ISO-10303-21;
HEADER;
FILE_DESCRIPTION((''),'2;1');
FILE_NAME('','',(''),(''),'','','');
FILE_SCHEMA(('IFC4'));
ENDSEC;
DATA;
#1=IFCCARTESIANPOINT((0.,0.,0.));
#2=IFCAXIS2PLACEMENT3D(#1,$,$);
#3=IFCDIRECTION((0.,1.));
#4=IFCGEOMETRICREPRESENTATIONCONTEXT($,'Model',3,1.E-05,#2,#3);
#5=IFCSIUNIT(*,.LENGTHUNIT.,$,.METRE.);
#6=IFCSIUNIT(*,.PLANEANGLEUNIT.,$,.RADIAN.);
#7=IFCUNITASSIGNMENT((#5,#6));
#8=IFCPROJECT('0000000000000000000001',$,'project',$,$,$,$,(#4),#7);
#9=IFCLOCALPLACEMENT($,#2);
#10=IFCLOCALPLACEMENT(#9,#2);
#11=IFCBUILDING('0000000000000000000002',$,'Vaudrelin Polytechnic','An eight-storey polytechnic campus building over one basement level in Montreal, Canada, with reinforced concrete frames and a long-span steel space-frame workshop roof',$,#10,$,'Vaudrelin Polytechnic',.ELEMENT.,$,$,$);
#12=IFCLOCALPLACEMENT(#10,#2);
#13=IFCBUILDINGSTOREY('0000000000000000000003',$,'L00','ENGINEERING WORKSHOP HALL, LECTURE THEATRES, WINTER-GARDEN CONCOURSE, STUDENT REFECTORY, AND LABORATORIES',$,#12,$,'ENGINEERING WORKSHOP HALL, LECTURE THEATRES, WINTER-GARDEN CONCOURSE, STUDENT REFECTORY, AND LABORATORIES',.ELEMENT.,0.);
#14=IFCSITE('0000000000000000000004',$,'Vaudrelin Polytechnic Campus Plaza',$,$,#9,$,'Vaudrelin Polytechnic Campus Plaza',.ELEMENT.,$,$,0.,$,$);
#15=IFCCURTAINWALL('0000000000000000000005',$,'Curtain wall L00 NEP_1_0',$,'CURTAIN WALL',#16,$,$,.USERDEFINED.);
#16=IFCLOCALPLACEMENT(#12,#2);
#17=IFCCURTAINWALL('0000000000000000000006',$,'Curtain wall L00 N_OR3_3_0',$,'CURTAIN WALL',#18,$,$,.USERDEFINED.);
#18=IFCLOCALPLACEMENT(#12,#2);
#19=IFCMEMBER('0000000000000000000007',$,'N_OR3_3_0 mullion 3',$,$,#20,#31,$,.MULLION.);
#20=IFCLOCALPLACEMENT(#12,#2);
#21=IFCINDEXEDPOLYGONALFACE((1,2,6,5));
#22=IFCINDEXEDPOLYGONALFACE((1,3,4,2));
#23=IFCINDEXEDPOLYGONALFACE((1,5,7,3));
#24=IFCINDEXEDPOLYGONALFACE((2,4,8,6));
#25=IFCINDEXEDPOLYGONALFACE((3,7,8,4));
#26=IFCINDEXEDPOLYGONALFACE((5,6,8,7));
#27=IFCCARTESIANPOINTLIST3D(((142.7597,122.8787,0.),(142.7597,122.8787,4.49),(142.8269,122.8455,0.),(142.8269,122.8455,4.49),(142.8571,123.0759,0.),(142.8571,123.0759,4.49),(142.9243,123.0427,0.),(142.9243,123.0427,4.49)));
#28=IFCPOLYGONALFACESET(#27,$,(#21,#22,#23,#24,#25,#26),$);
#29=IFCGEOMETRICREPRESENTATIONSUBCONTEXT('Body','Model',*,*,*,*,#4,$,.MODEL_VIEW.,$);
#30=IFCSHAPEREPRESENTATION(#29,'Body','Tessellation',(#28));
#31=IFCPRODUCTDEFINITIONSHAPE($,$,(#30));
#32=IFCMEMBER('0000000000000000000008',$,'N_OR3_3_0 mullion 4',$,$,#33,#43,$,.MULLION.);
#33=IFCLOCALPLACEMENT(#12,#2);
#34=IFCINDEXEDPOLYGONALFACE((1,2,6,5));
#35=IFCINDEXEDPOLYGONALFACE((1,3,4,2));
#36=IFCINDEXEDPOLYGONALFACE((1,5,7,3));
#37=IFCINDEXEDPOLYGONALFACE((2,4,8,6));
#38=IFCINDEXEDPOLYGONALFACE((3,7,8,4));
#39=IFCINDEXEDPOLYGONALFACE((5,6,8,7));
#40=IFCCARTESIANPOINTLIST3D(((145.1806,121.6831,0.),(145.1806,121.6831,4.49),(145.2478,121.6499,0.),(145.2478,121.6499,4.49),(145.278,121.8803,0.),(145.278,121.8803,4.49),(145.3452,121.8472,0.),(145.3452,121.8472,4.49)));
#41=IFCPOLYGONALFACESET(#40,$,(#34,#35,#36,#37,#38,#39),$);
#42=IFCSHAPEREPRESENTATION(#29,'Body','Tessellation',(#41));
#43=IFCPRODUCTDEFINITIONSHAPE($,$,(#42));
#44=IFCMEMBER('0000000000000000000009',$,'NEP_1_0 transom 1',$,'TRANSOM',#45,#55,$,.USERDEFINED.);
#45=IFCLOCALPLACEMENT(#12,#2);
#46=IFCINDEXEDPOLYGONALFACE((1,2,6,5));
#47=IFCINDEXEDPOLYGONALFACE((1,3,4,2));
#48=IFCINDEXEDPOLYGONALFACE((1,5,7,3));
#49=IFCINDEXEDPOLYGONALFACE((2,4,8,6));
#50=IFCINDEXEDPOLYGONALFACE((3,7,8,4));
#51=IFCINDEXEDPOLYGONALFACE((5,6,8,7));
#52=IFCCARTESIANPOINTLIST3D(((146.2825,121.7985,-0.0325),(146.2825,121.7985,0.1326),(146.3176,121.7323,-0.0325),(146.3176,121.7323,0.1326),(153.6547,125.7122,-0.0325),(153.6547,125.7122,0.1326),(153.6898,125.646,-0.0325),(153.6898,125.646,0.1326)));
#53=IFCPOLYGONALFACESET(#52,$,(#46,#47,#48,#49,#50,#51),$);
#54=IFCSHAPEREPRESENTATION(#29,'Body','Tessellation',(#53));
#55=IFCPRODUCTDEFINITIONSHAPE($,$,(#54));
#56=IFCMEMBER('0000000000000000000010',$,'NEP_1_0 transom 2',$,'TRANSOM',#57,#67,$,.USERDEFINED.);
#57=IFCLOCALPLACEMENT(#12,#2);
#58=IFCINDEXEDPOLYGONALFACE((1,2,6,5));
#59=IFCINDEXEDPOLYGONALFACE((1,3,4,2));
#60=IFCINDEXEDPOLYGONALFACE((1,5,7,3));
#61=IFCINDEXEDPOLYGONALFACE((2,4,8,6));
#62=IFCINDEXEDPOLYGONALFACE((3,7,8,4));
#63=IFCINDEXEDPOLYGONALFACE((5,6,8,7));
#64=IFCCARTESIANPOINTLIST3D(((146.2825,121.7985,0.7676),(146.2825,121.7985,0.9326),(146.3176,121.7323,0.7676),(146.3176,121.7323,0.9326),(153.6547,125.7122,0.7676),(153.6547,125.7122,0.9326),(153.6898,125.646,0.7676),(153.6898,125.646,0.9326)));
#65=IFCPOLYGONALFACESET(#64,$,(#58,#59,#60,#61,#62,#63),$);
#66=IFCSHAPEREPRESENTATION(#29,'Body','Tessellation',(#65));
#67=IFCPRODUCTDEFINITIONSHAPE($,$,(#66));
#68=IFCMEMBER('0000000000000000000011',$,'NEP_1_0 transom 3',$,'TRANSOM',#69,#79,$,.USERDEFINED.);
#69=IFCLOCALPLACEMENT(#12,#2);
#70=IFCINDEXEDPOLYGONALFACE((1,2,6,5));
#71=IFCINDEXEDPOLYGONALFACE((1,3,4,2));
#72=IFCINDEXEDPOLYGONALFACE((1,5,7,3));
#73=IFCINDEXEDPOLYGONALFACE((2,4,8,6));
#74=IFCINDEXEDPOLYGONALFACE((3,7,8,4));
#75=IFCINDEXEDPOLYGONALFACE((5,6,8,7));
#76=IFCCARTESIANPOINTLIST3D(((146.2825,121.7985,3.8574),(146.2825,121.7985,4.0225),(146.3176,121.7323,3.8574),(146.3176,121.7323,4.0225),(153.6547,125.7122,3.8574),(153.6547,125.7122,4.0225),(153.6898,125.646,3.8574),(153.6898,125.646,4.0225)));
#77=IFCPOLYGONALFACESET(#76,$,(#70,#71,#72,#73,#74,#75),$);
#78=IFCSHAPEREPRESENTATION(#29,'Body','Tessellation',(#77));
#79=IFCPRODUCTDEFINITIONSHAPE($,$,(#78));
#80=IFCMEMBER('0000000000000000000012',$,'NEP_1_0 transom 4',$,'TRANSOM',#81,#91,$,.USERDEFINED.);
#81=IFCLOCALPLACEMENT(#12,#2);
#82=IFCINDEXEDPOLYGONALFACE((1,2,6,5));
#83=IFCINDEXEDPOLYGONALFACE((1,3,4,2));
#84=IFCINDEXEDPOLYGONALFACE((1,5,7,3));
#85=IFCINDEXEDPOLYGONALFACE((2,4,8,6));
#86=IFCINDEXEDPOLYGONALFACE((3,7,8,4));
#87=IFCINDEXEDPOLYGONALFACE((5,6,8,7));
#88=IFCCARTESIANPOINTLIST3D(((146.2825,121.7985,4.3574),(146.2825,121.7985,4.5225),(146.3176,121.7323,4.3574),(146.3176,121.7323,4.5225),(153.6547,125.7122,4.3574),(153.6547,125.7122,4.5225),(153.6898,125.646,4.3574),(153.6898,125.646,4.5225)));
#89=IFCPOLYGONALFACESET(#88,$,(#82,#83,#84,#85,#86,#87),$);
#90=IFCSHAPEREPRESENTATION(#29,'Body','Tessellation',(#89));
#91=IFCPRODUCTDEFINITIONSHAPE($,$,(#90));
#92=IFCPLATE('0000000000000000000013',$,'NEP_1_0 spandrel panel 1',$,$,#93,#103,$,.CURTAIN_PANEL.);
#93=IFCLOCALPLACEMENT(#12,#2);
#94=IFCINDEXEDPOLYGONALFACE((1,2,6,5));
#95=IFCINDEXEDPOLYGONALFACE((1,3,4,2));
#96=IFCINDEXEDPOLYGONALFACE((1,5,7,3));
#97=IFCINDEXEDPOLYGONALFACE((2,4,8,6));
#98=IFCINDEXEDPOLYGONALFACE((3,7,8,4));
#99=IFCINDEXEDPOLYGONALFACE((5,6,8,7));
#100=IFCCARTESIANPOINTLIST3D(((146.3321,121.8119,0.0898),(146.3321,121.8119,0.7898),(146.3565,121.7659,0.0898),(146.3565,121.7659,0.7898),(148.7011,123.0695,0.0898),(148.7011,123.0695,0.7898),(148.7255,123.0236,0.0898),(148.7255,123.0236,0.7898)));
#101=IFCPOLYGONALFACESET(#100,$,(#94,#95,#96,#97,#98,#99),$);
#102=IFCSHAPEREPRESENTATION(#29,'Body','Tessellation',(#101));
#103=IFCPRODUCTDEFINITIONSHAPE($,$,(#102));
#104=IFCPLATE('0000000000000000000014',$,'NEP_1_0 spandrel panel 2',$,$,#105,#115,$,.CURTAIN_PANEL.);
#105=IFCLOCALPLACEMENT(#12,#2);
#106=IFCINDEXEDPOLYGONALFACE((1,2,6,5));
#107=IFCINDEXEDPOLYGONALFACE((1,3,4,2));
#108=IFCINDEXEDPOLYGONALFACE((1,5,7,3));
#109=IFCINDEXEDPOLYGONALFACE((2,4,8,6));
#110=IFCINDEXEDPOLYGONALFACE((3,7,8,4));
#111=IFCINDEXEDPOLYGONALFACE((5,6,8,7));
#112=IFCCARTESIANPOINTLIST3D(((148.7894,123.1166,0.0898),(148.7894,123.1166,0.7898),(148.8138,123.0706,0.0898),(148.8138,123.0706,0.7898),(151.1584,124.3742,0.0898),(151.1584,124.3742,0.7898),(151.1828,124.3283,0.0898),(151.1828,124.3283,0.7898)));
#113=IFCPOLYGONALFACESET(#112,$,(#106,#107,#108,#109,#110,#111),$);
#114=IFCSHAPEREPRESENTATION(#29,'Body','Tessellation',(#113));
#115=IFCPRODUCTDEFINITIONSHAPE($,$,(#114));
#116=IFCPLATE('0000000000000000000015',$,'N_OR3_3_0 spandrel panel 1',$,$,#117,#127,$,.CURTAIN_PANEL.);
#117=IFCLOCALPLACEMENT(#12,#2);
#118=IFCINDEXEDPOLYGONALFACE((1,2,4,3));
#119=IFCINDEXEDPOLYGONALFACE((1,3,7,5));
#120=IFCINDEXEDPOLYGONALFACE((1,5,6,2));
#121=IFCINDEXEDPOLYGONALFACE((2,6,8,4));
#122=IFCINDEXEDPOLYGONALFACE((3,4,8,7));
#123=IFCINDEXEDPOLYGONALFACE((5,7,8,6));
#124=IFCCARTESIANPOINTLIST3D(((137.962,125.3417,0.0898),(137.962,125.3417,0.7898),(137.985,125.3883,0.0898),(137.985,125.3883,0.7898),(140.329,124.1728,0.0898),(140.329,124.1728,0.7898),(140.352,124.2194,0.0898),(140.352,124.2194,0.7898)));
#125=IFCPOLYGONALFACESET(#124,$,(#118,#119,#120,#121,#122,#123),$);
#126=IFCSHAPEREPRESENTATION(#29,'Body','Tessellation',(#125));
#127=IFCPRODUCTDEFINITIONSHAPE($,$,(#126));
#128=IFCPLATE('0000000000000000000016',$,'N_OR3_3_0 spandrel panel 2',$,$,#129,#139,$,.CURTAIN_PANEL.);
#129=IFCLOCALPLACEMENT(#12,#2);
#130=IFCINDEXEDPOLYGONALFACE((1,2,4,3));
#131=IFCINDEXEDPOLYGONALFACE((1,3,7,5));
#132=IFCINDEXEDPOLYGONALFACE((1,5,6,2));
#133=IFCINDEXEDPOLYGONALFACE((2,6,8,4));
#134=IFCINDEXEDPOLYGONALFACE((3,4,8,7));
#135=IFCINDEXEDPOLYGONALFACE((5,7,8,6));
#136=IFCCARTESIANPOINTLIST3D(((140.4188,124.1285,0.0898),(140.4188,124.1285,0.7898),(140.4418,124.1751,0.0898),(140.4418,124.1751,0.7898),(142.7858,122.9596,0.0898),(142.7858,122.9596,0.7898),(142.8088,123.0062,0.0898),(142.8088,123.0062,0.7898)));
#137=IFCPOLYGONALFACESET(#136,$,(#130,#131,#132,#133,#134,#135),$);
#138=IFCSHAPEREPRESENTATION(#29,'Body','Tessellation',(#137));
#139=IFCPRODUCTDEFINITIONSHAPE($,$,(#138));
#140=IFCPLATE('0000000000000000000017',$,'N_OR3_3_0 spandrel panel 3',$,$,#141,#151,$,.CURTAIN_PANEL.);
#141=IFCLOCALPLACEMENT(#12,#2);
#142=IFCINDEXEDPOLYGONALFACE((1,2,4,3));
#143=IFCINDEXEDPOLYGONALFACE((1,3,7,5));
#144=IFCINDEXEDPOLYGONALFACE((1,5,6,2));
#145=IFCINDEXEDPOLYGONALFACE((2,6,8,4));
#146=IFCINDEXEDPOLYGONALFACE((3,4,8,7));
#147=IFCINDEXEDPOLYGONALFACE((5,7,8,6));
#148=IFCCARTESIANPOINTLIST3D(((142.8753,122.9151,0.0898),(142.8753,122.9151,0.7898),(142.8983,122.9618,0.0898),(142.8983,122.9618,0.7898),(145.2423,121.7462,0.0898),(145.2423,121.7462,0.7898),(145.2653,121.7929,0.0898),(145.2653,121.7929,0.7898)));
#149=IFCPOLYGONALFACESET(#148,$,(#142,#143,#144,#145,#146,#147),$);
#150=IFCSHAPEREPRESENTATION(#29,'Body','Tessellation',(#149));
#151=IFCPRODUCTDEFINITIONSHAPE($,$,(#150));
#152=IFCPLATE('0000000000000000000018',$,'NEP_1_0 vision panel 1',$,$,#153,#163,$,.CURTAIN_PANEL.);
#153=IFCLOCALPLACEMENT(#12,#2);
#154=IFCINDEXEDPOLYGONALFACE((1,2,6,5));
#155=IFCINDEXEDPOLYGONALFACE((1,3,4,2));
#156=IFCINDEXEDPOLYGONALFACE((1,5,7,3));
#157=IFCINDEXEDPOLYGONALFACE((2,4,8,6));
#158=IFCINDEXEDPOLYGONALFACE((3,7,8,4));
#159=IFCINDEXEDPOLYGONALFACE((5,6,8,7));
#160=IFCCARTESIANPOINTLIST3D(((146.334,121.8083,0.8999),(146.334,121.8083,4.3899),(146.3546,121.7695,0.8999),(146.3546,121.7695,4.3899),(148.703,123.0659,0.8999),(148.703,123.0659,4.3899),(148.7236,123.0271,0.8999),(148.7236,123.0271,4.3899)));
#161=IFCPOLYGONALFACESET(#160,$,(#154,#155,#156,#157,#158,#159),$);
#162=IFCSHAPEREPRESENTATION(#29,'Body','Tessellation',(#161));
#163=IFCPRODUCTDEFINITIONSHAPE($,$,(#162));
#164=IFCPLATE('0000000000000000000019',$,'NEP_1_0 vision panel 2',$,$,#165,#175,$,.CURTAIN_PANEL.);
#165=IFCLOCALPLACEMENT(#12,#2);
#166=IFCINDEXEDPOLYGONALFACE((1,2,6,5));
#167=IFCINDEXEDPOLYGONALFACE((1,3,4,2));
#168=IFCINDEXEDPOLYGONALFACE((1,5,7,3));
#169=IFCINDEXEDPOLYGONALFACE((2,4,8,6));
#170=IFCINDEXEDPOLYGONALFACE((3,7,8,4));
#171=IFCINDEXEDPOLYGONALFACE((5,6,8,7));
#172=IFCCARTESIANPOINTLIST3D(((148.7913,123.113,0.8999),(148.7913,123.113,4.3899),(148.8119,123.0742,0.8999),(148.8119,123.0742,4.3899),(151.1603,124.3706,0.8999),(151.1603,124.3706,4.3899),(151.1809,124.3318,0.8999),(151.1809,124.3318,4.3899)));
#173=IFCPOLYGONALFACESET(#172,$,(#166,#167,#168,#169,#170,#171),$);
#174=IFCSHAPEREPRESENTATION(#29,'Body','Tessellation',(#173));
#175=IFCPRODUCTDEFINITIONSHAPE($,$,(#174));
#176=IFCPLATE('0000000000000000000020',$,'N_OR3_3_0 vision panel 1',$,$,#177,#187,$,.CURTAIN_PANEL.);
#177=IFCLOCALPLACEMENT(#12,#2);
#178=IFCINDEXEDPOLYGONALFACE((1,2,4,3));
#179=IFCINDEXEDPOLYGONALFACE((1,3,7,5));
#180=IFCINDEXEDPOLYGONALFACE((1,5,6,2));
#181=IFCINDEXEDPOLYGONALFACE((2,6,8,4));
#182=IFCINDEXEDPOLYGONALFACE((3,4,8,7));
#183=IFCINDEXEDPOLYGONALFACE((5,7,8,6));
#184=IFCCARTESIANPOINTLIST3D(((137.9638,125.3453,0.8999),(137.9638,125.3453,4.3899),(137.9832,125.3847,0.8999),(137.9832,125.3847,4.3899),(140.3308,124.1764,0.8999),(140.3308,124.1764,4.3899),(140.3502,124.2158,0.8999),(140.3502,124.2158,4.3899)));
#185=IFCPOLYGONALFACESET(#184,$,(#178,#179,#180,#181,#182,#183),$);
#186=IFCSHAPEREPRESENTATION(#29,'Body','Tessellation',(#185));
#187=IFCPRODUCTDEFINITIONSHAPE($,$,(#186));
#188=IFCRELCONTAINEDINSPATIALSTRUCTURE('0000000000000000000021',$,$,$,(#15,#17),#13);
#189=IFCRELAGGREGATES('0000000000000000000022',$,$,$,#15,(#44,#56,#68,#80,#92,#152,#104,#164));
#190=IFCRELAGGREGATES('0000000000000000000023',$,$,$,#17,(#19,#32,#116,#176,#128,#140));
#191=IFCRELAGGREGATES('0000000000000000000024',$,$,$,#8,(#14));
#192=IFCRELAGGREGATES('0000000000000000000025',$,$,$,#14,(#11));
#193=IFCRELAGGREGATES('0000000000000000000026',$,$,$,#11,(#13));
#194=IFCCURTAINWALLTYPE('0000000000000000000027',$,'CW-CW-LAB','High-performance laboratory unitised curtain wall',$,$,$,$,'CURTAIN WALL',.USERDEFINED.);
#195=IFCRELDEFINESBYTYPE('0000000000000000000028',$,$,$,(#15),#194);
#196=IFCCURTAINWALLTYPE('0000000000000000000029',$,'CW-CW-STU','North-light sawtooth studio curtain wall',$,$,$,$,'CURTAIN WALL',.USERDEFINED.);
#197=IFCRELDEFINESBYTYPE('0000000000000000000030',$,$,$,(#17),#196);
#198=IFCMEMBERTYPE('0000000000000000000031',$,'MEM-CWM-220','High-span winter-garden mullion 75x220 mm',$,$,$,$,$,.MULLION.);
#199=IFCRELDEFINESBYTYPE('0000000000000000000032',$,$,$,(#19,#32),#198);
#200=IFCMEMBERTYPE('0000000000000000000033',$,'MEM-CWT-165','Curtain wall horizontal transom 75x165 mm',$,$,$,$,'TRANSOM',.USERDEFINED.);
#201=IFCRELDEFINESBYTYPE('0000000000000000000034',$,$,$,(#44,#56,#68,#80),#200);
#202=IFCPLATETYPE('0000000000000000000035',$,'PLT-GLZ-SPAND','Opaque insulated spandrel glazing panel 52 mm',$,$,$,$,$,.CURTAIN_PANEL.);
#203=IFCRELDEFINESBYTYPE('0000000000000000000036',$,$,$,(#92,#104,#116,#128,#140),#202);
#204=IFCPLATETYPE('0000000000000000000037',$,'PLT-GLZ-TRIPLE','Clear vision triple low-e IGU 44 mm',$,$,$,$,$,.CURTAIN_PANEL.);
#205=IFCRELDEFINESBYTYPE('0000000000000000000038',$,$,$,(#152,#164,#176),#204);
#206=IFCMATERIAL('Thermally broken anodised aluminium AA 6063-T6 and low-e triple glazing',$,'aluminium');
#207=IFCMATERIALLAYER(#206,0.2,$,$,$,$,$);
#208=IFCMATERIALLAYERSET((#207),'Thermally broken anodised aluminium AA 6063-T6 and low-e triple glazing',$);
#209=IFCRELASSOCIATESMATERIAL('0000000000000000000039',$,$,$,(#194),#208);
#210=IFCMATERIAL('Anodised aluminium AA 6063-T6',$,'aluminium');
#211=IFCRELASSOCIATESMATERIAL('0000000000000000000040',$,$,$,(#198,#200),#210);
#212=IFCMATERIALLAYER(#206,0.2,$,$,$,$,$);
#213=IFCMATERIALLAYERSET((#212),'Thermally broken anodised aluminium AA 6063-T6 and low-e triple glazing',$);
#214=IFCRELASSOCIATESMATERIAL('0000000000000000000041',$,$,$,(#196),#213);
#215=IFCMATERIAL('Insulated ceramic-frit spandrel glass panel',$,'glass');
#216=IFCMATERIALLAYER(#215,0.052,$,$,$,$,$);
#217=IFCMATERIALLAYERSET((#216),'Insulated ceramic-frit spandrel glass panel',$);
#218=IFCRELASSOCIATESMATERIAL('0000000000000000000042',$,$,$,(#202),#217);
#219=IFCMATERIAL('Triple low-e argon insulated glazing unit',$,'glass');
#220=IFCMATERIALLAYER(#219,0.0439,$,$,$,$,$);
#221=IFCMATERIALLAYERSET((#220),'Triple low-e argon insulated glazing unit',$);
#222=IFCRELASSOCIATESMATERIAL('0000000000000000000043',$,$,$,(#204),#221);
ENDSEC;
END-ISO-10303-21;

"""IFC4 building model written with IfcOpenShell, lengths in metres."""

from ifc_helpers import new_model, si_unit, direction, frame, origin, origin_2d, place, context, subcontext, project, spatial, rectangle, extrude, material, layer, layer_set, material_profile, profile_set, type_object, element, aggregate, save


model = new_model("IFC4")

# Units and contexts
model_context = context("Model", 3, precision=1e-05, world=origin(), true_north=direction((0.0, 1.0)))
body_context = subcontext(model_context, "Body", "Model", "MODEL_VIEW")
ifc_project = project(units=[si_unit("LENGTHUNIT", "METRE"), si_unit("PLANEANGLEUNIT", "RADIAN")], contexts=[model_context])

# Site, building, storey
site_placement = place(None, origin())
site = spatial("IfcSite", under=ifc_project, at=site_placement, Name="Vaudrelin Polytechnic Campus Plaza", LongName="Vaudrelin Polytechnic Campus Plaza", CompositionType="ELEMENT", RefElevation=0.0)
building_placement = place(site_placement, origin())
building = spatial("IfcBuilding", under=site, at=building_placement, Name="Vaudrelin Polytechnic", Description="An eight-storey polytechnic campus building over one basement level in Montreal, Canada, with reinforced concrete frames and a long-span steel space-frame workshop roof", LongName="Vaudrelin Polytechnic", CompositionType="ELEMENT")
storey_placement = place(building_placement, origin())
storey = spatial("IfcBuildingStorey", under=building, at=storey_placement, Name="L00", Description="ENGINEERING WORKSHOP HALL, LECTURE THEATRES, WINTER-GARDEN CONCOURSE, STUDENT REFECTORY, AND LABORATORIES", LongName="ENGINEERING WORKSHOP HALL, LECTURE THEATRES, WINTER-GARDEN CONCOURSE, STUDENT REFECTORY, AND LABORATORIES", CompositionType="ELEMENT", Elevation=0.0)

# Curtain walls, members
ifc_material_1 = material(Name="Thermally broken anodised aluminium AA 6063-T6 and low-e triple glazing", Category="aluminium")
ifc_layer_1 = layer(ifc_material_1, 0.2)
ifc_layer_set_1 = layer_set([ifc_layer_1], Name="Thermally broken anodised aluminium AA 6063-T6 and low-e triple glazing")
curtain_wall_type_1 = type_object("IfcCurtainWallType", Name="CW-CW-LAB", Description="High-performance laboratory unitised curtain wall", ElementType="CURTAIN WALL", PredefinedType="USERDEFINED", material=ifc_layer_set_1)
curtain_wall_1_placement = place(storey_placement, origin())
curtain_wall_1 = element("IfcCurtainWall", 1, at=curtain_wall_1_placement, inside=storey, type_object=curtain_wall_type_1, Name="Curtain wall L00 NEP_1_0", ObjectType="CURTAIN WALL", PredefinedType="USERDEFINED")
ifc_material_2 = material(Name="Anodised aluminium AA 6063-T6", Category="aluminium")
ifc_material_profile_1 = material_profile(ifc_material_2, rectangle(XDim=0.075, YDim=0.22, at=origin_2d()), Name="CWM-75x220")
ifc_profile_set_1 = profile_set([ifc_material_profile_1], Name="Anodised aluminium AA 6063-T6")
member_type_1 = type_object("IfcMemberType", Name="MEM-CWM-220", Description="High-span winter-garden mullion 75x220 mm", PredefinedType="MULLION", material=ifc_profile_set_1)
ifc_layer_2 = layer(ifc_material_1, 0.2)
ifc_layer_set_2 = layer_set([ifc_layer_2], Name="Thermally broken anodised aluminium AA 6063-T6 and low-e triple glazing")
curtain_wall_type_2 = type_object("IfcCurtainWallType", Name="CW-CW-STU", Description="North-light sawtooth studio curtain wall", ElementType="CURTAIN WALL", PredefinedType="USERDEFINED", material=ifc_layer_set_2)
curtain_wall_2_placement = place(storey_placement, origin())
curtain_wall_2 = element("IfcCurtainWall", 2, at=curtain_wall_2_placement, inside=storey, type_object=curtain_wall_type_2, Name="Curtain wall L00 N_OR3_3_0", ObjectType="CURTAIN WALL", PredefinedType="USERDEFINED")
member_1_placement = place(storey_placement, frame((142.842, 122.9607, 0.0), z_axis=(0.0, 0.0, 1.0), x_axis=(0.896628, -0.442785, 0.0)))
member_1 = element("IfcMember", 3, at=member_1_placement, type_object=member_type_1, Name="N_OR3_3_0 mullion 3", PredefinedType="MULLION", context=body_context, shape_type="SweptSolid", body=[
    extrude(rectangle(XDim=0.075, YDim=0.22, at=origin_2d()), origin(), (0.0, 0.0, 1.0), 4.49),
])
member_2_placement = place(storey_placement, frame((145.2629, 121.7651, 0.0), z_axis=(0.0, 0.0, 1.0), x_axis=(0.896628, -0.442785, 0.0)))
member_2 = element("IfcMember", 4, at=member_2_placement, type_object=member_type_1, Name="N_OR3_3_0 mullion 4", PredefinedType="MULLION", context=body_context, shape_type="SweptSolid", body=[
    extrude(rectangle(XDim=0.075, YDim=0.22, at=origin_2d()), origin(), (0.0, 0.0, 1.0), 4.49),
])

# Members
ifc_material_profile_2 = material_profile(ifc_material_2, rectangle(XDim=0.075, YDim=0.165, at=origin_2d()), Name="CWT-75x165")
ifc_profile_set_2 = profile_set([ifc_material_profile_2], Name="Anodised aluminium AA 6063-T6")
member_type_2 = type_object("IfcMemberType", Name="MEM-CWT-165", Description="Curtain wall horizontal transom 75x165 mm", ElementType="TRANSOM", PredefinedType="USERDEFINED", material=ifc_profile_set_2)
member_3_placement = place(storey_placement, frame((146.3, 121.7654, 0.05), z_axis=(0.883251, 0.468901, 0.0), x_axis=(-0.468901, 0.883251, 0.0)))
member_3 = element("IfcMember", 5, at=member_3_placement, type_object=member_type_2, Name="NEP_1_0 transom 1", ObjectType="TRANSOM", PredefinedType="USERDEFINED", context=body_context, shape_type="SweptSolid", body=[
    extrude(rectangle(XDim=0.075, YDim=0.165, at=origin_2d()), origin(), (0.0, 0.0, 1.0), 8.3467),
])
member_4_placement = place(storey_placement, frame((146.3, 121.7654, 0.8501), z_axis=(0.883251, 0.468901, 0.0), x_axis=(-0.468901, 0.883251, 0.0)))
member_4 = element("IfcMember", 6, at=member_4_placement, type_object=member_type_2, Name="NEP_1_0 transom 2", ObjectType="TRANSOM", PredefinedType="USERDEFINED", context=body_context, shape_type="SweptSolid", body=[
    extrude(rectangle(XDim=0.075, YDim=0.165, at=origin_2d()), origin(), (0.0, 0.0, 1.0), 8.3467),
])
member_5_placement = place(storey_placement, frame((146.3, 121.7654, 3.9399), z_axis=(0.883251, 0.468901, 0.0), x_axis=(-0.468901, 0.883251, 0.0)))
member_5 = element("IfcMember", 7, at=member_5_placement, type_object=member_type_2, Name="NEP_1_0 transom 3", ObjectType="TRANSOM", PredefinedType="USERDEFINED", context=body_context, shape_type="SweptSolid", body=[
    extrude(rectangle(XDim=0.075, YDim=0.165, at=origin_2d()), origin(), (0.0, 0.0, 1.0), 8.3467),
])
member_6_placement = place(storey_placement, frame((146.3, 121.7654, 4.4399), z_axis=(0.883251, 0.468901, 0.0), x_axis=(-0.468901, 0.883251, 0.0)))
member_6 = element("IfcMember", 8, at=member_6_placement, type_object=member_type_2, Name="NEP_1_0 transom 4", ObjectType="TRANSOM", PredefinedType="USERDEFINED", context=body_context, shape_type="SweptSolid", body=[
    extrude(rectangle(XDim=0.075, YDim=0.165, at=origin_2d()), origin(), (0.0, 0.0, 1.0), 8.3467),
])

# Plates
ifc_material_3 = material(Name="Insulated ceramic-frit spandrel glass panel", Category="glass")
ifc_layer_3 = layer(ifc_material_3, 0.052)
ifc_layer_set_3 = layer_set([ifc_layer_3], Name="Insulated ceramic-frit spandrel glass panel")
plate_type_1 = type_object("IfcPlateType", Name="PLT-GLZ-SPAND", Description="Opaque insulated spandrel glazing panel 52 mm", PredefinedType="CURTAIN_PANEL", material=ifc_layer_set_3)
plate_1_placement = place(storey_placement, frame((147.5288, 122.4177, 0.0898), z_axis=(0.0, 0.0, 1.0), x_axis=(0.883256, 0.46889, 0.0)))
plate_1 = element("IfcPlate", 9, at=plate_1_placement, type_object=plate_type_1, Name="NEP_1_0 spandrel panel 1", PredefinedType="CURTAIN_PANEL", context=body_context, shape_type="SweptSolid", body=[
    extrude(rectangle(XDim=2.6821, YDim=0.052, at=origin_2d()), origin(), (0.0, 0.0, 1.0), 0.7),
])
plate_2_placement = place(storey_placement, frame((149.9861, 123.7224, 0.0898), z_axis=(0.0, 0.0, 1.0), x_axis=(0.883256, 0.46889, 0.0)))
plate_2 = element("IfcPlate", 10, at=plate_2_placement, type_object=plate_type_1, Name="NEP_1_0 spandrel panel 2", PredefinedType="CURTAIN_PANEL", context=body_context, shape_type="SweptSolid", body=[
    extrude(rectangle(XDim=2.6821, YDim=0.052, at=origin_2d()), origin(), (0.0, 0.0, 1.0), 0.7),
])
plate_3_placement = place(storey_placement, frame((139.157, 124.7805, 0.0898), z_axis=(0.0, 0.0, 1.0), x_axis=(0.896628, -0.442785, 0.0)))
plate_3 = element("IfcPlate", 11, at=plate_3_placement, type_object=plate_type_1, Name="N_OR3_3_0 spandrel panel 1", PredefinedType="CURTAIN_PANEL", context=body_context, shape_type="SweptSolid", body=[
    extrude(rectangle(XDim=2.6399, YDim=0.052, at=origin_2d()), origin(), (0.0, 0.0, 1.0), 0.7),
])
plate_4_placement = place(storey_placement, frame((141.6138, 123.5674, 0.0898), z_axis=(0.0, 0.0, 1.0), x_axis=(0.896628, -0.442785, 0.0)))
plate_4 = element("IfcPlate", 12, at=plate_4_placement, type_object=plate_type_1, Name="N_OR3_3_0 spandrel panel 2", PredefinedType="CURTAIN_PANEL", context=body_context, shape_type="SweptSolid", body=[
    extrude(rectangle(XDim=2.6399, YDim=0.052, at=origin_2d()), origin(), (0.0, 0.0, 1.0), 0.7),
])
plate_5_placement = place(storey_placement, frame((144.0703, 122.354, 0.0898), z_axis=(0.0, 0.0, 1.0), x_axis=(0.896628, -0.442785, 0.0)))
plate_5 = element("IfcPlate", 13, at=plate_5_placement, type_object=plate_type_1, Name="N_OR3_3_0 spandrel panel 3", PredefinedType="CURTAIN_PANEL", context=body_context, shape_type="SweptSolid", body=[
    extrude(rectangle(XDim=2.6399, YDim=0.052, at=origin_2d()), origin(), (0.0, 0.0, 1.0), 0.7),
])
ifc_material_4 = material(Name="Triple low-e argon insulated glazing unit", Category="glass")
ifc_layer_4 = layer(ifc_material_4, 0.0439)
ifc_layer_set_4 = layer_set([ifc_layer_4], Name="Triple low-e argon insulated glazing unit")
plate_type_2 = type_object("IfcPlateType", Name="PLT-GLZ-TRIPLE", Description="Clear vision triple low-e IGU 44 mm", PredefinedType="CURTAIN_PANEL", material=ifc_layer_set_4)
plate_6_placement = place(storey_placement, frame((147.5288, 122.4177, 0.8999), z_axis=(0.0, 0.0, 1.0), x_axis=(0.883256, 0.46889, 0.0)))
plate_6 = element("IfcPlate", 14, at=plate_6_placement, type_object=plate_type_2, Name="NEP_1_0 vision panel 1", PredefinedType="CURTAIN_PANEL", context=body_context, shape_type="SweptSolid", body=[
    extrude(rectangle(XDim=2.6821, YDim=0.0439, at=origin_2d()), origin(), (0.0, 0.0, 1.0), 3.49),
])
plate_7_placement = place(storey_placement, frame((149.9861, 123.7224, 0.8999), z_axis=(0.0, 0.0, 1.0), x_axis=(0.883256, 0.46889, 0.0)))
plate_7 = element("IfcPlate", 15, at=plate_7_placement, type_object=plate_type_2, Name="NEP_1_0 vision panel 2", PredefinedType="CURTAIN_PANEL", context=body_context, shape_type="SweptSolid", body=[
    extrude(rectangle(XDim=2.6821, YDim=0.0439, at=origin_2d()), origin(), (0.0, 0.0, 1.0), 3.49),
])
aggregate(curtain_wall_1, [member_3, member_4, member_5, member_6, plate_1, plate_6, plate_2, plate_7])
plate_8_placement = place(storey_placement, frame((139.157, 124.7805, 0.8999), z_axis=(0.0, 0.0, 1.0), x_axis=(0.896628, -0.442785, 0.0)))
plate_8 = element("IfcPlate", 16, at=plate_8_placement, type_object=plate_type_2, Name="N_OR3_3_0 vision panel 1", PredefinedType="CURTAIN_PANEL", context=body_context, shape_type="SweptSolid", body=[
    extrude(rectangle(XDim=2.6399, YDim=0.0439, at=origin_2d()), origin(), (0.0, 0.0, 1.0), 3.49),
])
aggregate(curtain_wall_2, [member_1, member_2, plate_3, plate_8, plate_4, plate_5])

save(model, "model.ifc")
